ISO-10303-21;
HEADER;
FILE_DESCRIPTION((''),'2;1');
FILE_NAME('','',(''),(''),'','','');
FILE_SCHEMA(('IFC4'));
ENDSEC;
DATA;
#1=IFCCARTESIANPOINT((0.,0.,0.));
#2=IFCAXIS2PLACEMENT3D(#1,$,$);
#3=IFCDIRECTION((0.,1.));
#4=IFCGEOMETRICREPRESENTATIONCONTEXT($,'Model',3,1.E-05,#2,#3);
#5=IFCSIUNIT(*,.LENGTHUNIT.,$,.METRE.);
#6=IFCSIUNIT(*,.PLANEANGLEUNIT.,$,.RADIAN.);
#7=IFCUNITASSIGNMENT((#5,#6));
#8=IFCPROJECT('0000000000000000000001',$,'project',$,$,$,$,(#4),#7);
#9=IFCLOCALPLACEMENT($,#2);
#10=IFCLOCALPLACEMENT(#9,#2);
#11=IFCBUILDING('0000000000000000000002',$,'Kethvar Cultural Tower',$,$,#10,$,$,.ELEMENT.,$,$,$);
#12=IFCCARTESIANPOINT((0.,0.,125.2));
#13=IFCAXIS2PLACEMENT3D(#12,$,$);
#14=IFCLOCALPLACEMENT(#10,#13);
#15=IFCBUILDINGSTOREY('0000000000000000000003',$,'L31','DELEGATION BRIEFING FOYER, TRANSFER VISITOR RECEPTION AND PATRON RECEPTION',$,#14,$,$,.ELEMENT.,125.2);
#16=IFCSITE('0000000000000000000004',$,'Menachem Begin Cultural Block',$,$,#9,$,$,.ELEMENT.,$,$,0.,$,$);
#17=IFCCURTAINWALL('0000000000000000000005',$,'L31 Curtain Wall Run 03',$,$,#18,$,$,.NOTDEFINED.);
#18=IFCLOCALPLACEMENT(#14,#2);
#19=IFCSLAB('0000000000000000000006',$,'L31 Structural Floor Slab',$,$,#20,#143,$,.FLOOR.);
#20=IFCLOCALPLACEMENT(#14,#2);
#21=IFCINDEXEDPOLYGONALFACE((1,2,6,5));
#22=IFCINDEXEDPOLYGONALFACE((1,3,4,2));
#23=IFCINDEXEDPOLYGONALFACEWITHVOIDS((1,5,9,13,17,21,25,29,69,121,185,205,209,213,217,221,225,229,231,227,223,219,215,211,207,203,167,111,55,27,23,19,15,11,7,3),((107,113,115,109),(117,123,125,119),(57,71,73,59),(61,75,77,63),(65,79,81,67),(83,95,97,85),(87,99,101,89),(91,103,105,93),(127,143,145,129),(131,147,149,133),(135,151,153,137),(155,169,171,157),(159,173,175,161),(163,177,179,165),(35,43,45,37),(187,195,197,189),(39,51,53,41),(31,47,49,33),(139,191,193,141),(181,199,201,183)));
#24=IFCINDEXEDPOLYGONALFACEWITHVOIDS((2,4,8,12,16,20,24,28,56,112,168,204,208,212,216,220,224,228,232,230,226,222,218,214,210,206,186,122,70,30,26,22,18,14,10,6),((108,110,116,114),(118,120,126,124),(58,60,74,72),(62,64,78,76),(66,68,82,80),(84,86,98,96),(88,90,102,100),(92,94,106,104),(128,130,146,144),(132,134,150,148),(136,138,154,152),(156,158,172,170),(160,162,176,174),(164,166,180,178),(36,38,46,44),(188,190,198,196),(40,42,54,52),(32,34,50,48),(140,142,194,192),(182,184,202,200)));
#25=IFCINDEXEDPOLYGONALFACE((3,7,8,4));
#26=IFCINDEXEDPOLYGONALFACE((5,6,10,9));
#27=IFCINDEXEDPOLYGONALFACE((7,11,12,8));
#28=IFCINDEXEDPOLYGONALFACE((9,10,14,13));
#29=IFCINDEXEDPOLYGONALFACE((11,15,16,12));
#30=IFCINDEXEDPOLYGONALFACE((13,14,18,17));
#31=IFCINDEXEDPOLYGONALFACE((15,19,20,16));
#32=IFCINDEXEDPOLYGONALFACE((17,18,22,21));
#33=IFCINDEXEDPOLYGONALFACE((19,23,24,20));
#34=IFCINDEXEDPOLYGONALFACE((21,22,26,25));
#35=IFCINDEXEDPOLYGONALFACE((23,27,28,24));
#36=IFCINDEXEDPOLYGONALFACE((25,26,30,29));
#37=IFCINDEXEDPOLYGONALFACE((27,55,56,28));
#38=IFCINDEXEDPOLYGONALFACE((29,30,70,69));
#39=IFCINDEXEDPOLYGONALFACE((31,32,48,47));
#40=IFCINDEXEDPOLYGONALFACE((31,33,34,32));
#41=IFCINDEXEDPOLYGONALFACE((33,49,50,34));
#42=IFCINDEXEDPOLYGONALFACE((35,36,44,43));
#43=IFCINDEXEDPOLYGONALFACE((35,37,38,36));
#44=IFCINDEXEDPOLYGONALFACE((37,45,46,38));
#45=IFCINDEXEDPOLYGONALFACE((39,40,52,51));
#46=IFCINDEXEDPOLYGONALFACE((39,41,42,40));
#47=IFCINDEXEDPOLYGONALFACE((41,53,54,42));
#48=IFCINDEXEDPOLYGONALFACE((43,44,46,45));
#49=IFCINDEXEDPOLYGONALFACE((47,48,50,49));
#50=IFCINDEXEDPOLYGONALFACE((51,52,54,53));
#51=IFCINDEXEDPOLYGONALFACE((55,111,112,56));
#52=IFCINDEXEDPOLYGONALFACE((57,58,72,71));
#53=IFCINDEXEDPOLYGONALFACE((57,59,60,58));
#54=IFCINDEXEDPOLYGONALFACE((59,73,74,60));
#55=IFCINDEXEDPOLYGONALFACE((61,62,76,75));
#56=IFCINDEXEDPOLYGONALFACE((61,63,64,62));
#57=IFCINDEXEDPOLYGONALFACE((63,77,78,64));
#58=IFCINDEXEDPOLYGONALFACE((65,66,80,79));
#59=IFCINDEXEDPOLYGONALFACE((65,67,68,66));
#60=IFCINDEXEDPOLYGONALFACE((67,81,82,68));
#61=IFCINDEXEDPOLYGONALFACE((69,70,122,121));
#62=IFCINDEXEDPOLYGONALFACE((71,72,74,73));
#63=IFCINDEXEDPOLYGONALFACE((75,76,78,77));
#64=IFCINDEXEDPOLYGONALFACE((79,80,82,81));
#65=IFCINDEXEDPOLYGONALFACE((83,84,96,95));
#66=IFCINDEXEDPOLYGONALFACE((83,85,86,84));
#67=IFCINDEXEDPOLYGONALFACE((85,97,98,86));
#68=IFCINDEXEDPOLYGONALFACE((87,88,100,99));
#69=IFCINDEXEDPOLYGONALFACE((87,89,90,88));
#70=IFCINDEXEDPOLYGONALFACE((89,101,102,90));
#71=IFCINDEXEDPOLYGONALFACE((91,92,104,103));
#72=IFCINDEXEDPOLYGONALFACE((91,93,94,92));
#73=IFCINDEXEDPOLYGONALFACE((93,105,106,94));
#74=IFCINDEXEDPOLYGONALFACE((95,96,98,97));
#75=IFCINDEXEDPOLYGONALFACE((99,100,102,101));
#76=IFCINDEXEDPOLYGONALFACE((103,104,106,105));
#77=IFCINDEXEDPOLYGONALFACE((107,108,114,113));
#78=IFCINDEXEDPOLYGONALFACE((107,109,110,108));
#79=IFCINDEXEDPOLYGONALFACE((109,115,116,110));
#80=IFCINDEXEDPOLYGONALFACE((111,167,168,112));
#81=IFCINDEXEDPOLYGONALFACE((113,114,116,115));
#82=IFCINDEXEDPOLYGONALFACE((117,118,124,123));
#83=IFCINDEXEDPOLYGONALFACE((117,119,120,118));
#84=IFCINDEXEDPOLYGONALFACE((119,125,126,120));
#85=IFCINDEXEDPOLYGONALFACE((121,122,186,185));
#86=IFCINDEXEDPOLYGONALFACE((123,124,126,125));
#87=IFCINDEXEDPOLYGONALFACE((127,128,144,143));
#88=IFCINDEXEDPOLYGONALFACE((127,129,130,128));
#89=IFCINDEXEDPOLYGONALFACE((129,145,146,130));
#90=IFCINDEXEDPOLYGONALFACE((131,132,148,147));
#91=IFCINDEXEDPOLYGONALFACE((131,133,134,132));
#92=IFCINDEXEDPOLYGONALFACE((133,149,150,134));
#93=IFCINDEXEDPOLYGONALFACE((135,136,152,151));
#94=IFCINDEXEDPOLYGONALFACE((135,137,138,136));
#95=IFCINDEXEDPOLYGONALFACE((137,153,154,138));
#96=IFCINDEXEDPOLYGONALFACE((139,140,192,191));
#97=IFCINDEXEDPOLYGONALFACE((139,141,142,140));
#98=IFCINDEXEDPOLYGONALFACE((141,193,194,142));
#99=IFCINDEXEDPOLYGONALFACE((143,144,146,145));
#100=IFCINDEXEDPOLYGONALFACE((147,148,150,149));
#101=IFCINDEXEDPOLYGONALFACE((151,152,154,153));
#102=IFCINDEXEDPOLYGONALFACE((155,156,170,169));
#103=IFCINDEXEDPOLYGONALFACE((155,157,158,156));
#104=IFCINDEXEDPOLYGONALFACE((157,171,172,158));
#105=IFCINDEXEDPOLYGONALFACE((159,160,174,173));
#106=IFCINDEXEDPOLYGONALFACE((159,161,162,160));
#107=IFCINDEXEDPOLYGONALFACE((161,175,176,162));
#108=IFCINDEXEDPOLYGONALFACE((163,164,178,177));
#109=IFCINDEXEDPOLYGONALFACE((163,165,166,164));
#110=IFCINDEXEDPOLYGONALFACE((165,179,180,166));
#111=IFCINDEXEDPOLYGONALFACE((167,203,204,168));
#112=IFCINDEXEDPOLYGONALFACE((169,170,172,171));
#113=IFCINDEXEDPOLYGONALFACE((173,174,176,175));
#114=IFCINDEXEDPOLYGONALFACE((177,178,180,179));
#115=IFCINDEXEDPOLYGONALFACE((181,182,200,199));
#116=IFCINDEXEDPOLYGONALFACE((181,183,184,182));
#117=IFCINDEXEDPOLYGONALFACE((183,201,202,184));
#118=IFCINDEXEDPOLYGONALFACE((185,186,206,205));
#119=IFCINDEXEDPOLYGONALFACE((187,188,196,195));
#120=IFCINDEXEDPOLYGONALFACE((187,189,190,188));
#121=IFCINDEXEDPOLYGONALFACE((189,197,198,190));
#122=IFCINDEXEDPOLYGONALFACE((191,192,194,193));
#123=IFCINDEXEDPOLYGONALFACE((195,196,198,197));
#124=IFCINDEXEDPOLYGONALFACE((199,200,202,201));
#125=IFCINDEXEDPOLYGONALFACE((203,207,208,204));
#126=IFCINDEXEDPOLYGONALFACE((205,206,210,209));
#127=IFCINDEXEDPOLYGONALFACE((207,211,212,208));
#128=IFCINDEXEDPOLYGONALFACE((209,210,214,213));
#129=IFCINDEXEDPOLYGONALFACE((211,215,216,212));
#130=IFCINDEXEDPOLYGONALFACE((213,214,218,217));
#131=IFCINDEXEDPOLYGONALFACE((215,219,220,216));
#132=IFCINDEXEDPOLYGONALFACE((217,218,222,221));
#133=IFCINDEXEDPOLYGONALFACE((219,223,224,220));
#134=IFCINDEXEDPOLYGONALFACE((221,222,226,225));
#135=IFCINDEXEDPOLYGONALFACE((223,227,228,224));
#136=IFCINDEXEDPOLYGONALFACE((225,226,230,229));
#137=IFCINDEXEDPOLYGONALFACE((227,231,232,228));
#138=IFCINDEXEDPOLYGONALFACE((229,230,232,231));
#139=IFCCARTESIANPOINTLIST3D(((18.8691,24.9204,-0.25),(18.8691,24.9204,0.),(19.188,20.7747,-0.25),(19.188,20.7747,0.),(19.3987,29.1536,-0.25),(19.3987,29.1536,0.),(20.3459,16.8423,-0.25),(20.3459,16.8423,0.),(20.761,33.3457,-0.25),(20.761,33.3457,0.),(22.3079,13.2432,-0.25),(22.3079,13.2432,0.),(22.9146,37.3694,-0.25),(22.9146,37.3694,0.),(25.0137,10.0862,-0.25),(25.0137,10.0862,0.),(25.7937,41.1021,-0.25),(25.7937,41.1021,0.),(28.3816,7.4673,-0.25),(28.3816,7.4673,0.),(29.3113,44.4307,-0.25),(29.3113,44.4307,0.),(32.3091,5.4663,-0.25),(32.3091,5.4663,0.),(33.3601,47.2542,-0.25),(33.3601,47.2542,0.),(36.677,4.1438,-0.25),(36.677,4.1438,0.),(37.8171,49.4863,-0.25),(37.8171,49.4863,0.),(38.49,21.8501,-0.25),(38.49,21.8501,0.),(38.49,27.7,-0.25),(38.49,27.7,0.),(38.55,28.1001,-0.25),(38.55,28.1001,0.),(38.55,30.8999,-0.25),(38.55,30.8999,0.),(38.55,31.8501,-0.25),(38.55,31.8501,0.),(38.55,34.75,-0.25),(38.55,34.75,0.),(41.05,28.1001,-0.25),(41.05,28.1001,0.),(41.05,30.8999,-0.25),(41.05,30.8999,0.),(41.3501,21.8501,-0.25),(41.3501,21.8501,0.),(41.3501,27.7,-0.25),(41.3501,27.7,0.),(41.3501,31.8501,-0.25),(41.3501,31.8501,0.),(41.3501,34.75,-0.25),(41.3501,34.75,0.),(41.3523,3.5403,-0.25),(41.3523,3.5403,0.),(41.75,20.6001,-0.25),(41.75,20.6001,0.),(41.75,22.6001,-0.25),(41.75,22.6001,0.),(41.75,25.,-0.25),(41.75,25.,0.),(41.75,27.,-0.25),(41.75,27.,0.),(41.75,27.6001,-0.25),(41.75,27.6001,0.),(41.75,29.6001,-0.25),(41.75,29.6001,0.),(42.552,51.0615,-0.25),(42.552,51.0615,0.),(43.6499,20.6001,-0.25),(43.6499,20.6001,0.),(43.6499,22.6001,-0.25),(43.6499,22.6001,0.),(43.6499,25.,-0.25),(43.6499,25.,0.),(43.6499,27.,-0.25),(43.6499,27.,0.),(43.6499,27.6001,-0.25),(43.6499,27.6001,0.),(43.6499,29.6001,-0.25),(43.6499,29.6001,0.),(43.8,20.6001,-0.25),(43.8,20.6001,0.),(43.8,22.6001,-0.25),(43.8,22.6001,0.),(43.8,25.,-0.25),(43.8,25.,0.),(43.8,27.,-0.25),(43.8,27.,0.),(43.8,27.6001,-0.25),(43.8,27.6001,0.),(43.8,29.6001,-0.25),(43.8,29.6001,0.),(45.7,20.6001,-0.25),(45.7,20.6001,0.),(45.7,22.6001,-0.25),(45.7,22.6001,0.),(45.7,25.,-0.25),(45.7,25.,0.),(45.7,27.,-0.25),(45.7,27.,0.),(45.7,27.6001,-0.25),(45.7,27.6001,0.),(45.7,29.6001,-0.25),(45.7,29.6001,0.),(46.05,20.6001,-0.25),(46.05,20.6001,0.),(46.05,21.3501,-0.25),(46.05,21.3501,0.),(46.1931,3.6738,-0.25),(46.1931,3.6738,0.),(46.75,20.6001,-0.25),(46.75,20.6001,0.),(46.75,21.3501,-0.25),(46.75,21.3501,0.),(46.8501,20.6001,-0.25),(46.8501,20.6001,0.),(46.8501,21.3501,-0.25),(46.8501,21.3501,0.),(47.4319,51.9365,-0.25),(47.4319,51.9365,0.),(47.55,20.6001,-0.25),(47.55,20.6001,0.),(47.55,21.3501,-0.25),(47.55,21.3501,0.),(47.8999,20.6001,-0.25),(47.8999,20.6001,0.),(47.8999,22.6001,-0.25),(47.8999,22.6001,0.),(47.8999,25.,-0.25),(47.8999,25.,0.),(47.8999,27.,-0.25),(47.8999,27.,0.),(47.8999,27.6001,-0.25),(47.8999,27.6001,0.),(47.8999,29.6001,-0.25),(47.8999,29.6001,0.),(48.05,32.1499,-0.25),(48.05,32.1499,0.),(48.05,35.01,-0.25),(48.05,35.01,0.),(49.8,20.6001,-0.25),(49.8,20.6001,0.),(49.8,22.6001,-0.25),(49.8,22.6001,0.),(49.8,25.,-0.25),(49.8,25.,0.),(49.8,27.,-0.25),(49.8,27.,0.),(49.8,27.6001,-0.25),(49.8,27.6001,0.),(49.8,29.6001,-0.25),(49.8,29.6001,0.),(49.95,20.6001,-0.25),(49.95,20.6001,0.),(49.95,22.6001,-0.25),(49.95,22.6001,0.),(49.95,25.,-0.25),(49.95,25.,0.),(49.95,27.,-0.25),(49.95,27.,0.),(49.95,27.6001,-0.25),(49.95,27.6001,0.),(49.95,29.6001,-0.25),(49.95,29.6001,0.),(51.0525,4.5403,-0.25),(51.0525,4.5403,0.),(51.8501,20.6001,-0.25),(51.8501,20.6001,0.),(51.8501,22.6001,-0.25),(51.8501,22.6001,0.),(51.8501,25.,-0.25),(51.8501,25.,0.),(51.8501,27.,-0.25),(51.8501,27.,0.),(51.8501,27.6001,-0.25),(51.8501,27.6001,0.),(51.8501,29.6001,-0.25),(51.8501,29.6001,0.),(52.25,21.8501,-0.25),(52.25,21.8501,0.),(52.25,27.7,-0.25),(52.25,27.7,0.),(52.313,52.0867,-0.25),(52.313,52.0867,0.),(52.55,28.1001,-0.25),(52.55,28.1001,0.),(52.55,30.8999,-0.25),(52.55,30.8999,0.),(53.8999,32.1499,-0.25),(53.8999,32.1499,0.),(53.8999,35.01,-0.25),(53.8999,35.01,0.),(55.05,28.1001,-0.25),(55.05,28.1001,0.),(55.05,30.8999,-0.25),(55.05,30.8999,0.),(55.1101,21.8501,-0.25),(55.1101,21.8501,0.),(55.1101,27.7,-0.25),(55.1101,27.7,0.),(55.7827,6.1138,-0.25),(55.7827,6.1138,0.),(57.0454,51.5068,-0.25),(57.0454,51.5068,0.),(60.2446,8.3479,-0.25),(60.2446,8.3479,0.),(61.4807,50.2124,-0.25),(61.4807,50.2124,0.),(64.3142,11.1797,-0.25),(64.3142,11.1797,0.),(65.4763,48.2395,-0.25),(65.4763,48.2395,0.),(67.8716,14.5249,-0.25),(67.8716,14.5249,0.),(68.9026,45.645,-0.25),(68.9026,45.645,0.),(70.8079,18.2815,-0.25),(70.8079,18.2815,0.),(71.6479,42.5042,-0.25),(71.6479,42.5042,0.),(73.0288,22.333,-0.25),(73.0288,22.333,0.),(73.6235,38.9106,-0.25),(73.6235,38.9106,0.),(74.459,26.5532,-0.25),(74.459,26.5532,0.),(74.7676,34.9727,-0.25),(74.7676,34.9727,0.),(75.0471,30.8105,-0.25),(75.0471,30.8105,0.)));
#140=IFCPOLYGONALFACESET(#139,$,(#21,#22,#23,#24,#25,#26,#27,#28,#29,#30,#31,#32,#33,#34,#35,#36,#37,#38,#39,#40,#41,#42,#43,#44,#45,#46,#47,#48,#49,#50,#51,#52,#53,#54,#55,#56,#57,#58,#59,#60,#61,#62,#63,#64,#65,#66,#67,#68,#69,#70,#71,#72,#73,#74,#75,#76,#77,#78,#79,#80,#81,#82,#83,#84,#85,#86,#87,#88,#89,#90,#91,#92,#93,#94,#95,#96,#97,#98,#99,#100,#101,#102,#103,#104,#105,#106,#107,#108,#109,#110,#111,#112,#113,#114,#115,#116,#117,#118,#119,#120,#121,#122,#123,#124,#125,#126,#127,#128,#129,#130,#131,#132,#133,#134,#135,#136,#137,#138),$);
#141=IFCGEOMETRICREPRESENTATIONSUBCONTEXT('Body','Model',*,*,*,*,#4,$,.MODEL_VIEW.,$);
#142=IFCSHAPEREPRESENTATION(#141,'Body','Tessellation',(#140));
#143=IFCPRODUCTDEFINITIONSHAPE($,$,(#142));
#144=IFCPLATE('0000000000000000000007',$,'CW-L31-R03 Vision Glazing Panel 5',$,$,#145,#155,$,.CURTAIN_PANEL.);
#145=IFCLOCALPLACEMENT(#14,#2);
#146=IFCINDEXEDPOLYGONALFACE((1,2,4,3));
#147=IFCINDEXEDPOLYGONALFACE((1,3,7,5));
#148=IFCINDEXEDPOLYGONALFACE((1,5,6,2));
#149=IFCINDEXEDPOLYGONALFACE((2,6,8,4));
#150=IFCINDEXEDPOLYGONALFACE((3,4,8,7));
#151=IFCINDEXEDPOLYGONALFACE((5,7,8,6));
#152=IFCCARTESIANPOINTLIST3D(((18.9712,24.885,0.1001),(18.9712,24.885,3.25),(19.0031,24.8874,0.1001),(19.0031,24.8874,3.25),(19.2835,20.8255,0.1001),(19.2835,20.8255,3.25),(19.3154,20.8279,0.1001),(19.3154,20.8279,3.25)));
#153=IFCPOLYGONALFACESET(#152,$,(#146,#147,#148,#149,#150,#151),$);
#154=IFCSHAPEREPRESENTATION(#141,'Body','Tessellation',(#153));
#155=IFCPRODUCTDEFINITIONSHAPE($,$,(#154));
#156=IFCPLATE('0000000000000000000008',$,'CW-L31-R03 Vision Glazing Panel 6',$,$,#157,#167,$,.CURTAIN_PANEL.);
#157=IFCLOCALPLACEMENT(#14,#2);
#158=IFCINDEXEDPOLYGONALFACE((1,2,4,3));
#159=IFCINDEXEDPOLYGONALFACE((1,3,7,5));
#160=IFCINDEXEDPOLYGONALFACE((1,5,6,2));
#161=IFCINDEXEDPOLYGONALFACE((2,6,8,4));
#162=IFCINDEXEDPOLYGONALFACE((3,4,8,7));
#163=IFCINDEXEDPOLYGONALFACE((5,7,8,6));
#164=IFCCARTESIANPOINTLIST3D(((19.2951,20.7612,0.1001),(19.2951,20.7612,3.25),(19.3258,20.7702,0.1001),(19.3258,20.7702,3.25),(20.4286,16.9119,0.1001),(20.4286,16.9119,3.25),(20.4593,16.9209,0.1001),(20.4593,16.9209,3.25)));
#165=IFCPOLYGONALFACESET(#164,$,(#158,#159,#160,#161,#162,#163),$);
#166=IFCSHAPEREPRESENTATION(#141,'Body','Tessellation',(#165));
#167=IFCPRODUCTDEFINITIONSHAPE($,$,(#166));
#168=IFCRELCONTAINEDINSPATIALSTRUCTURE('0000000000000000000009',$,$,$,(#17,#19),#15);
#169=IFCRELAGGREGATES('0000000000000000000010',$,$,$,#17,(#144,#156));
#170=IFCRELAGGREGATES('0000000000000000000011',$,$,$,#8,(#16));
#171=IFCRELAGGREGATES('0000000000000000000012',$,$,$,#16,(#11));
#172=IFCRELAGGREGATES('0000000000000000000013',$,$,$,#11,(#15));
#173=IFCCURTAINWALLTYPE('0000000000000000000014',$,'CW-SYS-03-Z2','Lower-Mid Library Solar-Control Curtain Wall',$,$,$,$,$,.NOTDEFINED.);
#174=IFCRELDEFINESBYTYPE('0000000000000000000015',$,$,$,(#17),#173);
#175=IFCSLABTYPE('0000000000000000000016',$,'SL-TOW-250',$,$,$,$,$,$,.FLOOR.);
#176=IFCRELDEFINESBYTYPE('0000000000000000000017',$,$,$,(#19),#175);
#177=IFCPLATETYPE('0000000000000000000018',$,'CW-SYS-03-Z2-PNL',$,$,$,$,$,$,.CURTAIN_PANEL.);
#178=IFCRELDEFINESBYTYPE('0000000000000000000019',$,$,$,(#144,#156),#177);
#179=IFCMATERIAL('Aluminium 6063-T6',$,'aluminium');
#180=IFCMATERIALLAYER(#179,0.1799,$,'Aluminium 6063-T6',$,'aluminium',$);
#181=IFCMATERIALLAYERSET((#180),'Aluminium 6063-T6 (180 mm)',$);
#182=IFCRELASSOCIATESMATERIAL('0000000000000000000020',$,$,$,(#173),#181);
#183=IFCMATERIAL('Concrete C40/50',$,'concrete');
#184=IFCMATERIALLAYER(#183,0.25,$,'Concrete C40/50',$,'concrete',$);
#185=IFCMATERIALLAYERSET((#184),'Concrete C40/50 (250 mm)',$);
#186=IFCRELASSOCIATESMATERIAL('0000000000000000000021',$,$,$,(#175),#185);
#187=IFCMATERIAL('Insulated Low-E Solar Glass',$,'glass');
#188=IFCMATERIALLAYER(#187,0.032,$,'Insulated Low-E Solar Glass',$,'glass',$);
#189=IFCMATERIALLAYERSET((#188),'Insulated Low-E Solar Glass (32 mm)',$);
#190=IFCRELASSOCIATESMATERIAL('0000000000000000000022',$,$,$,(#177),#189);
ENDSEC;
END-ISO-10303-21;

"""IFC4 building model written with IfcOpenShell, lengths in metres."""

from ifc_helpers import new_model, si_unit, direction, frame, origin, origin_2d, place, context, subcontext, project, spatial, polyline, rectangle, outline, extrude, source, transform, mapped, material, layer, layer_set, type_object, element, aggregate, save


model = new_model("IFC4")

# Units and contexts
model_context = context("Model", 3, precision=1e-05, world=origin(), true_north=direction((0.0, 1.0)))
body_context = subcontext(model_context, "Body", "Model", "MODEL_VIEW")
ifc_project = project(units=[si_unit("LENGTHUNIT", "METRE"), si_unit("PLANEANGLEUNIT", "RADIAN")], contexts=[model_context])

# Site, building, storey
site_placement = place(None, origin())
site = spatial("IfcSite", under=ifc_project, at=site_placement, Name="Menachem Begin Cultural Block", CompositionType="ELEMENT", RefElevation=0.0)
building_placement = place(site_placement, origin())
building = spatial("IfcBuilding", under=site, at=building_placement, Name="Kethvar Cultural Tower", CompositionType="ELEMENT")
storey_placement = place(building_placement, frame((0.0, 0.0, 125.2)))
storey = spatial("IfcBuildingStorey", under=building, at=storey_placement, Name="L31", Description="DELEGATION BRIEFING FOYER, TRANSFER VISITOR RECEPTION AND PATRON RECEPTION", CompositionType="ELEMENT", Elevation=125.2)

# Curtain wall
ifc_material_1 = material(Name="Aluminium 6063-T6", Category="aluminium")
ifc_layer_1 = layer(ifc_material_1, 0.1799, Name="Aluminium 6063-T6", Category="aluminium")
ifc_layer_set_1 = layer_set([ifc_layer_1], Name="Aluminium 6063-T6 (180 mm)")
curtain_wall_type = type_object("IfcCurtainWallType", Name="CW-SYS-03-Z2", Description="Lower-Mid Library Solar-Control Curtain Wall", PredefinedType="NOTDEFINED", material=ifc_layer_set_1)
curtain_wall_1_placement = place(storey_placement, origin())
curtain_wall_1 = element("IfcCurtainWall", 1, at=curtain_wall_1_placement, inside=storey, type_object=curtain_wall_type, Name="L31 Curtain Wall Run 03", PredefinedType="NOTDEFINED")

# Shared definitions
ifc_material_2 = material(Name="Concrete C40/50", Category="concrete")

# Slab
ifc_layer_2 = layer(ifc_material_2, 0.25, Name="Concrete C40/50", Category="concrete")
ifc_layer_set_2 = layer_set([ifc_layer_2], Name="Concrete C40/50 (250 mm)")
slab_type_1 = type_object("IfcSlabType", Name="SL-TOW-250", PredefinedType="FLOOR", material=ifc_layer_set_2)
slab_1_placement = place(storey_placement, frame((0.0, 0.0, -0.25)))
element("IfcSlab", 2, at=slab_1_placement, inside=storey, type_object=slab_type_1, Name="L31 Structural Floor Slab", PredefinedType="FLOOR", context=body_context, shape_type="SweptSolid", body=[
    extrude(outline(polyline([(73.6235, 38.9106), (71.6479, 42.5042), (68.9026, 45.645), (65.4763, 48.2395), (61.4807, 50.2124), (57.0454, 51.5068), (52.313, 52.0867), (47.4319, 51.9365), (42.552, 51.0615), (37.8171, 49.4863), (33.3601, 47.2542), (29.3113, 44.4307), (25.7937, 41.1021), (22.9146, 37.3694), (20.761, 33.3457), (19.3987, 29.1536), (18.8691, 24.9204), (19.188, 20.7747), (20.3459, 16.8423), (22.3079, 13.2432), (25.0137, 10.0862), (28.3816, 7.4673), (32.3091, 5.4663), (36.677, 4.1438), (41.3523, 3.5403), (46.1931, 3.6738), (51.0525, 4.5403), (55.7827, 6.1138), (60.2446, 8.3479), (64.3142, 11.1797), (67.8716, 14.5249), (70.8079, 18.2815), (73.0288, 22.333), (74.459, 26.5532), (75.0471, 30.8105), (74.7676, 34.9727), (73.6235, 38.9106)]), holes=[polyline([(38.49, 21.8501), (38.49, 27.7), (41.3501, 27.7), (41.3501, 21.8501), (38.49, 21.8501)]), polyline([(52.25, 21.8501), (52.25, 27.7), (55.1101, 27.7), (55.1101, 21.8501), (52.25, 21.8501)]), polyline([(53.8999, 32.1499), (48.05, 32.1499), (48.05, 35.01), (53.8999, 35.01), (53.8999, 32.1499)]), polyline([(41.75, 22.6001), (43.6499, 22.6001), (43.6499, 20.6001), (41.75, 20.6001), (41.75, 22.6001)]), polyline([(43.8, 22.6001), (45.7, 22.6001), (45.7, 20.6001), (43.8, 20.6001), (43.8, 22.6001)]), polyline([(47.8999, 22.6001), (49.8, 22.6001), (49.8, 20.6001), (47.8999, 20.6001), (47.8999, 22.6001)]), polyline([(49.95, 22.6001), (51.8501, 22.6001), (51.8501, 20.6001), (49.95, 20.6001), (49.95, 22.6001)]), polyline([(41.75, 27.0), (43.6499, 27.0), (43.6499, 25.0), (41.75, 25.0), (41.75, 27.0)]), polyline([(43.8, 27.0), (45.7, 27.0), (45.7, 25.0), (43.8, 25.0), (43.8, 27.0)]), polyline([(47.8999, 27.0), (49.8, 27.0), (49.8, 25.0), (47.8999, 25.0), (47.8999, 27.0)]), polyline([(49.95, 27.0), (51.8501, 27.0), (51.8501, 25.0), (49.95, 25.0), (49.95, 27.0)]), polyline([(41.75, 29.6001), (43.6499, 29.6001), (43.6499, 27.6001), (41.75, 27.6001), (41.75, 29.6001)]), polyline([(43.8, 29.6001), (45.7, 29.6001), (45.7, 27.6001), (43.8, 27.6001), (43.8, 29.6001)]), polyline([(47.8999, 29.6001), (49.8, 29.6001), (49.8, 27.6001), (47.8999, 27.6001), (47.8999, 29.6001)]), polyline([(49.95, 29.6001), (51.8501, 29.6001), (51.8501, 27.6001), (49.95, 27.6001), (49.95, 29.6001)]), polyline([(38.55, 30.8999), (41.05, 30.8999), (41.05, 28.1001), (38.55, 28.1001), (38.55, 30.8999)]), polyline([(52.55, 30.8999), (55.05, 30.8999), (55.05, 28.1001), (52.55, 28.1001), (52.55, 30.8999)]), polyline([(38.55, 34.75), (41.3501, 34.75), (41.3501, 31.8501), (38.55, 31.8501), (38.55, 34.75)]), polyline([(46.05, 21.3501), (46.75, 21.3501), (46.75, 20.6001), (46.05, 20.6001), (46.05, 21.3501)]), polyline([(46.8501, 21.3501), (47.55, 21.3501), (47.55, 20.6001), (46.8501, 20.6001), (46.8501, 21.3501)])]), origin(), (0.0, 0.0, 1.0), 0.25),
])

# Plates
ifc_material_3 = material(Name="Insulated Low-E Solar Glass", Category="glass")
ifc_layer_3 = layer(ifc_material_3, 0.032, Name="Insulated Low-E Solar Glass", Category="glass")
ifc_layer_set_3 = layer_set([ifc_layer_3], Name="Insulated Low-E Solar Glass (32 mm)")
plate_type = type_object("IfcPlateType", Name="CW-SYS-03-Z2-PNL", PredefinedType="CURTAIN_PANEL", material=ifc_layer_set_3)
shared_shape_1 = source(origin(), body_context, "Body", "SweptSolid", [
    extrude(rectangle(XDim=4.0715, YDim=0.032, at=origin_2d()), origin(), (0.0, 0.0, 1.0), 3.1499),
])
plate_1_placement = place(storey_placement, frame((19.1433, 22.8564, 0.1001), z_axis=(0.0, 0.0, 1.0), x_axis=(0.076719, -0.997053, 0.0)))
plate_1 = element("IfcPlate", 3, at=plate_1_placement, type_object=plate_type, Name="CW-L31-R03 Vision Glazing Panel 5", PredefinedType="CURTAIN_PANEL", context=body_context, shape_type="MappedRepresentation", body=[
    mapped(shared_shape_1, transform((0.0, 0.0, 0.0), scale=1.0)),
])
shared_shape_2 = source(origin(), body_context, "Body", "SweptSolid", [
    extrude(rectangle(XDim=4.0127, YDim=0.032, at=origin_2d()), origin(), (0.0, 0.0, 1.0), 3.1499),
])
plate_2_placement = place(storey_placement, frame((19.8772, 18.8411, 0.1001), z_axis=(0.0, 0.0, 1.0), x_axis=(0.282475, -0.959275, 0.0)))
plate_2 = element("IfcPlate", 4, at=plate_2_placement, type_object=plate_type, Name="CW-L31-R03 Vision Glazing Panel 6", PredefinedType="CURTAIN_PANEL", context=body_context, shape_type="MappedRepresentation", body=[
    mapped(shared_shape_2, transform((0.0, 0.0, 0.0), scale=1.0)),
])
aggregate(curtain_wall_1, [plate_1, plate_2])

save(model, "model.ifc")
